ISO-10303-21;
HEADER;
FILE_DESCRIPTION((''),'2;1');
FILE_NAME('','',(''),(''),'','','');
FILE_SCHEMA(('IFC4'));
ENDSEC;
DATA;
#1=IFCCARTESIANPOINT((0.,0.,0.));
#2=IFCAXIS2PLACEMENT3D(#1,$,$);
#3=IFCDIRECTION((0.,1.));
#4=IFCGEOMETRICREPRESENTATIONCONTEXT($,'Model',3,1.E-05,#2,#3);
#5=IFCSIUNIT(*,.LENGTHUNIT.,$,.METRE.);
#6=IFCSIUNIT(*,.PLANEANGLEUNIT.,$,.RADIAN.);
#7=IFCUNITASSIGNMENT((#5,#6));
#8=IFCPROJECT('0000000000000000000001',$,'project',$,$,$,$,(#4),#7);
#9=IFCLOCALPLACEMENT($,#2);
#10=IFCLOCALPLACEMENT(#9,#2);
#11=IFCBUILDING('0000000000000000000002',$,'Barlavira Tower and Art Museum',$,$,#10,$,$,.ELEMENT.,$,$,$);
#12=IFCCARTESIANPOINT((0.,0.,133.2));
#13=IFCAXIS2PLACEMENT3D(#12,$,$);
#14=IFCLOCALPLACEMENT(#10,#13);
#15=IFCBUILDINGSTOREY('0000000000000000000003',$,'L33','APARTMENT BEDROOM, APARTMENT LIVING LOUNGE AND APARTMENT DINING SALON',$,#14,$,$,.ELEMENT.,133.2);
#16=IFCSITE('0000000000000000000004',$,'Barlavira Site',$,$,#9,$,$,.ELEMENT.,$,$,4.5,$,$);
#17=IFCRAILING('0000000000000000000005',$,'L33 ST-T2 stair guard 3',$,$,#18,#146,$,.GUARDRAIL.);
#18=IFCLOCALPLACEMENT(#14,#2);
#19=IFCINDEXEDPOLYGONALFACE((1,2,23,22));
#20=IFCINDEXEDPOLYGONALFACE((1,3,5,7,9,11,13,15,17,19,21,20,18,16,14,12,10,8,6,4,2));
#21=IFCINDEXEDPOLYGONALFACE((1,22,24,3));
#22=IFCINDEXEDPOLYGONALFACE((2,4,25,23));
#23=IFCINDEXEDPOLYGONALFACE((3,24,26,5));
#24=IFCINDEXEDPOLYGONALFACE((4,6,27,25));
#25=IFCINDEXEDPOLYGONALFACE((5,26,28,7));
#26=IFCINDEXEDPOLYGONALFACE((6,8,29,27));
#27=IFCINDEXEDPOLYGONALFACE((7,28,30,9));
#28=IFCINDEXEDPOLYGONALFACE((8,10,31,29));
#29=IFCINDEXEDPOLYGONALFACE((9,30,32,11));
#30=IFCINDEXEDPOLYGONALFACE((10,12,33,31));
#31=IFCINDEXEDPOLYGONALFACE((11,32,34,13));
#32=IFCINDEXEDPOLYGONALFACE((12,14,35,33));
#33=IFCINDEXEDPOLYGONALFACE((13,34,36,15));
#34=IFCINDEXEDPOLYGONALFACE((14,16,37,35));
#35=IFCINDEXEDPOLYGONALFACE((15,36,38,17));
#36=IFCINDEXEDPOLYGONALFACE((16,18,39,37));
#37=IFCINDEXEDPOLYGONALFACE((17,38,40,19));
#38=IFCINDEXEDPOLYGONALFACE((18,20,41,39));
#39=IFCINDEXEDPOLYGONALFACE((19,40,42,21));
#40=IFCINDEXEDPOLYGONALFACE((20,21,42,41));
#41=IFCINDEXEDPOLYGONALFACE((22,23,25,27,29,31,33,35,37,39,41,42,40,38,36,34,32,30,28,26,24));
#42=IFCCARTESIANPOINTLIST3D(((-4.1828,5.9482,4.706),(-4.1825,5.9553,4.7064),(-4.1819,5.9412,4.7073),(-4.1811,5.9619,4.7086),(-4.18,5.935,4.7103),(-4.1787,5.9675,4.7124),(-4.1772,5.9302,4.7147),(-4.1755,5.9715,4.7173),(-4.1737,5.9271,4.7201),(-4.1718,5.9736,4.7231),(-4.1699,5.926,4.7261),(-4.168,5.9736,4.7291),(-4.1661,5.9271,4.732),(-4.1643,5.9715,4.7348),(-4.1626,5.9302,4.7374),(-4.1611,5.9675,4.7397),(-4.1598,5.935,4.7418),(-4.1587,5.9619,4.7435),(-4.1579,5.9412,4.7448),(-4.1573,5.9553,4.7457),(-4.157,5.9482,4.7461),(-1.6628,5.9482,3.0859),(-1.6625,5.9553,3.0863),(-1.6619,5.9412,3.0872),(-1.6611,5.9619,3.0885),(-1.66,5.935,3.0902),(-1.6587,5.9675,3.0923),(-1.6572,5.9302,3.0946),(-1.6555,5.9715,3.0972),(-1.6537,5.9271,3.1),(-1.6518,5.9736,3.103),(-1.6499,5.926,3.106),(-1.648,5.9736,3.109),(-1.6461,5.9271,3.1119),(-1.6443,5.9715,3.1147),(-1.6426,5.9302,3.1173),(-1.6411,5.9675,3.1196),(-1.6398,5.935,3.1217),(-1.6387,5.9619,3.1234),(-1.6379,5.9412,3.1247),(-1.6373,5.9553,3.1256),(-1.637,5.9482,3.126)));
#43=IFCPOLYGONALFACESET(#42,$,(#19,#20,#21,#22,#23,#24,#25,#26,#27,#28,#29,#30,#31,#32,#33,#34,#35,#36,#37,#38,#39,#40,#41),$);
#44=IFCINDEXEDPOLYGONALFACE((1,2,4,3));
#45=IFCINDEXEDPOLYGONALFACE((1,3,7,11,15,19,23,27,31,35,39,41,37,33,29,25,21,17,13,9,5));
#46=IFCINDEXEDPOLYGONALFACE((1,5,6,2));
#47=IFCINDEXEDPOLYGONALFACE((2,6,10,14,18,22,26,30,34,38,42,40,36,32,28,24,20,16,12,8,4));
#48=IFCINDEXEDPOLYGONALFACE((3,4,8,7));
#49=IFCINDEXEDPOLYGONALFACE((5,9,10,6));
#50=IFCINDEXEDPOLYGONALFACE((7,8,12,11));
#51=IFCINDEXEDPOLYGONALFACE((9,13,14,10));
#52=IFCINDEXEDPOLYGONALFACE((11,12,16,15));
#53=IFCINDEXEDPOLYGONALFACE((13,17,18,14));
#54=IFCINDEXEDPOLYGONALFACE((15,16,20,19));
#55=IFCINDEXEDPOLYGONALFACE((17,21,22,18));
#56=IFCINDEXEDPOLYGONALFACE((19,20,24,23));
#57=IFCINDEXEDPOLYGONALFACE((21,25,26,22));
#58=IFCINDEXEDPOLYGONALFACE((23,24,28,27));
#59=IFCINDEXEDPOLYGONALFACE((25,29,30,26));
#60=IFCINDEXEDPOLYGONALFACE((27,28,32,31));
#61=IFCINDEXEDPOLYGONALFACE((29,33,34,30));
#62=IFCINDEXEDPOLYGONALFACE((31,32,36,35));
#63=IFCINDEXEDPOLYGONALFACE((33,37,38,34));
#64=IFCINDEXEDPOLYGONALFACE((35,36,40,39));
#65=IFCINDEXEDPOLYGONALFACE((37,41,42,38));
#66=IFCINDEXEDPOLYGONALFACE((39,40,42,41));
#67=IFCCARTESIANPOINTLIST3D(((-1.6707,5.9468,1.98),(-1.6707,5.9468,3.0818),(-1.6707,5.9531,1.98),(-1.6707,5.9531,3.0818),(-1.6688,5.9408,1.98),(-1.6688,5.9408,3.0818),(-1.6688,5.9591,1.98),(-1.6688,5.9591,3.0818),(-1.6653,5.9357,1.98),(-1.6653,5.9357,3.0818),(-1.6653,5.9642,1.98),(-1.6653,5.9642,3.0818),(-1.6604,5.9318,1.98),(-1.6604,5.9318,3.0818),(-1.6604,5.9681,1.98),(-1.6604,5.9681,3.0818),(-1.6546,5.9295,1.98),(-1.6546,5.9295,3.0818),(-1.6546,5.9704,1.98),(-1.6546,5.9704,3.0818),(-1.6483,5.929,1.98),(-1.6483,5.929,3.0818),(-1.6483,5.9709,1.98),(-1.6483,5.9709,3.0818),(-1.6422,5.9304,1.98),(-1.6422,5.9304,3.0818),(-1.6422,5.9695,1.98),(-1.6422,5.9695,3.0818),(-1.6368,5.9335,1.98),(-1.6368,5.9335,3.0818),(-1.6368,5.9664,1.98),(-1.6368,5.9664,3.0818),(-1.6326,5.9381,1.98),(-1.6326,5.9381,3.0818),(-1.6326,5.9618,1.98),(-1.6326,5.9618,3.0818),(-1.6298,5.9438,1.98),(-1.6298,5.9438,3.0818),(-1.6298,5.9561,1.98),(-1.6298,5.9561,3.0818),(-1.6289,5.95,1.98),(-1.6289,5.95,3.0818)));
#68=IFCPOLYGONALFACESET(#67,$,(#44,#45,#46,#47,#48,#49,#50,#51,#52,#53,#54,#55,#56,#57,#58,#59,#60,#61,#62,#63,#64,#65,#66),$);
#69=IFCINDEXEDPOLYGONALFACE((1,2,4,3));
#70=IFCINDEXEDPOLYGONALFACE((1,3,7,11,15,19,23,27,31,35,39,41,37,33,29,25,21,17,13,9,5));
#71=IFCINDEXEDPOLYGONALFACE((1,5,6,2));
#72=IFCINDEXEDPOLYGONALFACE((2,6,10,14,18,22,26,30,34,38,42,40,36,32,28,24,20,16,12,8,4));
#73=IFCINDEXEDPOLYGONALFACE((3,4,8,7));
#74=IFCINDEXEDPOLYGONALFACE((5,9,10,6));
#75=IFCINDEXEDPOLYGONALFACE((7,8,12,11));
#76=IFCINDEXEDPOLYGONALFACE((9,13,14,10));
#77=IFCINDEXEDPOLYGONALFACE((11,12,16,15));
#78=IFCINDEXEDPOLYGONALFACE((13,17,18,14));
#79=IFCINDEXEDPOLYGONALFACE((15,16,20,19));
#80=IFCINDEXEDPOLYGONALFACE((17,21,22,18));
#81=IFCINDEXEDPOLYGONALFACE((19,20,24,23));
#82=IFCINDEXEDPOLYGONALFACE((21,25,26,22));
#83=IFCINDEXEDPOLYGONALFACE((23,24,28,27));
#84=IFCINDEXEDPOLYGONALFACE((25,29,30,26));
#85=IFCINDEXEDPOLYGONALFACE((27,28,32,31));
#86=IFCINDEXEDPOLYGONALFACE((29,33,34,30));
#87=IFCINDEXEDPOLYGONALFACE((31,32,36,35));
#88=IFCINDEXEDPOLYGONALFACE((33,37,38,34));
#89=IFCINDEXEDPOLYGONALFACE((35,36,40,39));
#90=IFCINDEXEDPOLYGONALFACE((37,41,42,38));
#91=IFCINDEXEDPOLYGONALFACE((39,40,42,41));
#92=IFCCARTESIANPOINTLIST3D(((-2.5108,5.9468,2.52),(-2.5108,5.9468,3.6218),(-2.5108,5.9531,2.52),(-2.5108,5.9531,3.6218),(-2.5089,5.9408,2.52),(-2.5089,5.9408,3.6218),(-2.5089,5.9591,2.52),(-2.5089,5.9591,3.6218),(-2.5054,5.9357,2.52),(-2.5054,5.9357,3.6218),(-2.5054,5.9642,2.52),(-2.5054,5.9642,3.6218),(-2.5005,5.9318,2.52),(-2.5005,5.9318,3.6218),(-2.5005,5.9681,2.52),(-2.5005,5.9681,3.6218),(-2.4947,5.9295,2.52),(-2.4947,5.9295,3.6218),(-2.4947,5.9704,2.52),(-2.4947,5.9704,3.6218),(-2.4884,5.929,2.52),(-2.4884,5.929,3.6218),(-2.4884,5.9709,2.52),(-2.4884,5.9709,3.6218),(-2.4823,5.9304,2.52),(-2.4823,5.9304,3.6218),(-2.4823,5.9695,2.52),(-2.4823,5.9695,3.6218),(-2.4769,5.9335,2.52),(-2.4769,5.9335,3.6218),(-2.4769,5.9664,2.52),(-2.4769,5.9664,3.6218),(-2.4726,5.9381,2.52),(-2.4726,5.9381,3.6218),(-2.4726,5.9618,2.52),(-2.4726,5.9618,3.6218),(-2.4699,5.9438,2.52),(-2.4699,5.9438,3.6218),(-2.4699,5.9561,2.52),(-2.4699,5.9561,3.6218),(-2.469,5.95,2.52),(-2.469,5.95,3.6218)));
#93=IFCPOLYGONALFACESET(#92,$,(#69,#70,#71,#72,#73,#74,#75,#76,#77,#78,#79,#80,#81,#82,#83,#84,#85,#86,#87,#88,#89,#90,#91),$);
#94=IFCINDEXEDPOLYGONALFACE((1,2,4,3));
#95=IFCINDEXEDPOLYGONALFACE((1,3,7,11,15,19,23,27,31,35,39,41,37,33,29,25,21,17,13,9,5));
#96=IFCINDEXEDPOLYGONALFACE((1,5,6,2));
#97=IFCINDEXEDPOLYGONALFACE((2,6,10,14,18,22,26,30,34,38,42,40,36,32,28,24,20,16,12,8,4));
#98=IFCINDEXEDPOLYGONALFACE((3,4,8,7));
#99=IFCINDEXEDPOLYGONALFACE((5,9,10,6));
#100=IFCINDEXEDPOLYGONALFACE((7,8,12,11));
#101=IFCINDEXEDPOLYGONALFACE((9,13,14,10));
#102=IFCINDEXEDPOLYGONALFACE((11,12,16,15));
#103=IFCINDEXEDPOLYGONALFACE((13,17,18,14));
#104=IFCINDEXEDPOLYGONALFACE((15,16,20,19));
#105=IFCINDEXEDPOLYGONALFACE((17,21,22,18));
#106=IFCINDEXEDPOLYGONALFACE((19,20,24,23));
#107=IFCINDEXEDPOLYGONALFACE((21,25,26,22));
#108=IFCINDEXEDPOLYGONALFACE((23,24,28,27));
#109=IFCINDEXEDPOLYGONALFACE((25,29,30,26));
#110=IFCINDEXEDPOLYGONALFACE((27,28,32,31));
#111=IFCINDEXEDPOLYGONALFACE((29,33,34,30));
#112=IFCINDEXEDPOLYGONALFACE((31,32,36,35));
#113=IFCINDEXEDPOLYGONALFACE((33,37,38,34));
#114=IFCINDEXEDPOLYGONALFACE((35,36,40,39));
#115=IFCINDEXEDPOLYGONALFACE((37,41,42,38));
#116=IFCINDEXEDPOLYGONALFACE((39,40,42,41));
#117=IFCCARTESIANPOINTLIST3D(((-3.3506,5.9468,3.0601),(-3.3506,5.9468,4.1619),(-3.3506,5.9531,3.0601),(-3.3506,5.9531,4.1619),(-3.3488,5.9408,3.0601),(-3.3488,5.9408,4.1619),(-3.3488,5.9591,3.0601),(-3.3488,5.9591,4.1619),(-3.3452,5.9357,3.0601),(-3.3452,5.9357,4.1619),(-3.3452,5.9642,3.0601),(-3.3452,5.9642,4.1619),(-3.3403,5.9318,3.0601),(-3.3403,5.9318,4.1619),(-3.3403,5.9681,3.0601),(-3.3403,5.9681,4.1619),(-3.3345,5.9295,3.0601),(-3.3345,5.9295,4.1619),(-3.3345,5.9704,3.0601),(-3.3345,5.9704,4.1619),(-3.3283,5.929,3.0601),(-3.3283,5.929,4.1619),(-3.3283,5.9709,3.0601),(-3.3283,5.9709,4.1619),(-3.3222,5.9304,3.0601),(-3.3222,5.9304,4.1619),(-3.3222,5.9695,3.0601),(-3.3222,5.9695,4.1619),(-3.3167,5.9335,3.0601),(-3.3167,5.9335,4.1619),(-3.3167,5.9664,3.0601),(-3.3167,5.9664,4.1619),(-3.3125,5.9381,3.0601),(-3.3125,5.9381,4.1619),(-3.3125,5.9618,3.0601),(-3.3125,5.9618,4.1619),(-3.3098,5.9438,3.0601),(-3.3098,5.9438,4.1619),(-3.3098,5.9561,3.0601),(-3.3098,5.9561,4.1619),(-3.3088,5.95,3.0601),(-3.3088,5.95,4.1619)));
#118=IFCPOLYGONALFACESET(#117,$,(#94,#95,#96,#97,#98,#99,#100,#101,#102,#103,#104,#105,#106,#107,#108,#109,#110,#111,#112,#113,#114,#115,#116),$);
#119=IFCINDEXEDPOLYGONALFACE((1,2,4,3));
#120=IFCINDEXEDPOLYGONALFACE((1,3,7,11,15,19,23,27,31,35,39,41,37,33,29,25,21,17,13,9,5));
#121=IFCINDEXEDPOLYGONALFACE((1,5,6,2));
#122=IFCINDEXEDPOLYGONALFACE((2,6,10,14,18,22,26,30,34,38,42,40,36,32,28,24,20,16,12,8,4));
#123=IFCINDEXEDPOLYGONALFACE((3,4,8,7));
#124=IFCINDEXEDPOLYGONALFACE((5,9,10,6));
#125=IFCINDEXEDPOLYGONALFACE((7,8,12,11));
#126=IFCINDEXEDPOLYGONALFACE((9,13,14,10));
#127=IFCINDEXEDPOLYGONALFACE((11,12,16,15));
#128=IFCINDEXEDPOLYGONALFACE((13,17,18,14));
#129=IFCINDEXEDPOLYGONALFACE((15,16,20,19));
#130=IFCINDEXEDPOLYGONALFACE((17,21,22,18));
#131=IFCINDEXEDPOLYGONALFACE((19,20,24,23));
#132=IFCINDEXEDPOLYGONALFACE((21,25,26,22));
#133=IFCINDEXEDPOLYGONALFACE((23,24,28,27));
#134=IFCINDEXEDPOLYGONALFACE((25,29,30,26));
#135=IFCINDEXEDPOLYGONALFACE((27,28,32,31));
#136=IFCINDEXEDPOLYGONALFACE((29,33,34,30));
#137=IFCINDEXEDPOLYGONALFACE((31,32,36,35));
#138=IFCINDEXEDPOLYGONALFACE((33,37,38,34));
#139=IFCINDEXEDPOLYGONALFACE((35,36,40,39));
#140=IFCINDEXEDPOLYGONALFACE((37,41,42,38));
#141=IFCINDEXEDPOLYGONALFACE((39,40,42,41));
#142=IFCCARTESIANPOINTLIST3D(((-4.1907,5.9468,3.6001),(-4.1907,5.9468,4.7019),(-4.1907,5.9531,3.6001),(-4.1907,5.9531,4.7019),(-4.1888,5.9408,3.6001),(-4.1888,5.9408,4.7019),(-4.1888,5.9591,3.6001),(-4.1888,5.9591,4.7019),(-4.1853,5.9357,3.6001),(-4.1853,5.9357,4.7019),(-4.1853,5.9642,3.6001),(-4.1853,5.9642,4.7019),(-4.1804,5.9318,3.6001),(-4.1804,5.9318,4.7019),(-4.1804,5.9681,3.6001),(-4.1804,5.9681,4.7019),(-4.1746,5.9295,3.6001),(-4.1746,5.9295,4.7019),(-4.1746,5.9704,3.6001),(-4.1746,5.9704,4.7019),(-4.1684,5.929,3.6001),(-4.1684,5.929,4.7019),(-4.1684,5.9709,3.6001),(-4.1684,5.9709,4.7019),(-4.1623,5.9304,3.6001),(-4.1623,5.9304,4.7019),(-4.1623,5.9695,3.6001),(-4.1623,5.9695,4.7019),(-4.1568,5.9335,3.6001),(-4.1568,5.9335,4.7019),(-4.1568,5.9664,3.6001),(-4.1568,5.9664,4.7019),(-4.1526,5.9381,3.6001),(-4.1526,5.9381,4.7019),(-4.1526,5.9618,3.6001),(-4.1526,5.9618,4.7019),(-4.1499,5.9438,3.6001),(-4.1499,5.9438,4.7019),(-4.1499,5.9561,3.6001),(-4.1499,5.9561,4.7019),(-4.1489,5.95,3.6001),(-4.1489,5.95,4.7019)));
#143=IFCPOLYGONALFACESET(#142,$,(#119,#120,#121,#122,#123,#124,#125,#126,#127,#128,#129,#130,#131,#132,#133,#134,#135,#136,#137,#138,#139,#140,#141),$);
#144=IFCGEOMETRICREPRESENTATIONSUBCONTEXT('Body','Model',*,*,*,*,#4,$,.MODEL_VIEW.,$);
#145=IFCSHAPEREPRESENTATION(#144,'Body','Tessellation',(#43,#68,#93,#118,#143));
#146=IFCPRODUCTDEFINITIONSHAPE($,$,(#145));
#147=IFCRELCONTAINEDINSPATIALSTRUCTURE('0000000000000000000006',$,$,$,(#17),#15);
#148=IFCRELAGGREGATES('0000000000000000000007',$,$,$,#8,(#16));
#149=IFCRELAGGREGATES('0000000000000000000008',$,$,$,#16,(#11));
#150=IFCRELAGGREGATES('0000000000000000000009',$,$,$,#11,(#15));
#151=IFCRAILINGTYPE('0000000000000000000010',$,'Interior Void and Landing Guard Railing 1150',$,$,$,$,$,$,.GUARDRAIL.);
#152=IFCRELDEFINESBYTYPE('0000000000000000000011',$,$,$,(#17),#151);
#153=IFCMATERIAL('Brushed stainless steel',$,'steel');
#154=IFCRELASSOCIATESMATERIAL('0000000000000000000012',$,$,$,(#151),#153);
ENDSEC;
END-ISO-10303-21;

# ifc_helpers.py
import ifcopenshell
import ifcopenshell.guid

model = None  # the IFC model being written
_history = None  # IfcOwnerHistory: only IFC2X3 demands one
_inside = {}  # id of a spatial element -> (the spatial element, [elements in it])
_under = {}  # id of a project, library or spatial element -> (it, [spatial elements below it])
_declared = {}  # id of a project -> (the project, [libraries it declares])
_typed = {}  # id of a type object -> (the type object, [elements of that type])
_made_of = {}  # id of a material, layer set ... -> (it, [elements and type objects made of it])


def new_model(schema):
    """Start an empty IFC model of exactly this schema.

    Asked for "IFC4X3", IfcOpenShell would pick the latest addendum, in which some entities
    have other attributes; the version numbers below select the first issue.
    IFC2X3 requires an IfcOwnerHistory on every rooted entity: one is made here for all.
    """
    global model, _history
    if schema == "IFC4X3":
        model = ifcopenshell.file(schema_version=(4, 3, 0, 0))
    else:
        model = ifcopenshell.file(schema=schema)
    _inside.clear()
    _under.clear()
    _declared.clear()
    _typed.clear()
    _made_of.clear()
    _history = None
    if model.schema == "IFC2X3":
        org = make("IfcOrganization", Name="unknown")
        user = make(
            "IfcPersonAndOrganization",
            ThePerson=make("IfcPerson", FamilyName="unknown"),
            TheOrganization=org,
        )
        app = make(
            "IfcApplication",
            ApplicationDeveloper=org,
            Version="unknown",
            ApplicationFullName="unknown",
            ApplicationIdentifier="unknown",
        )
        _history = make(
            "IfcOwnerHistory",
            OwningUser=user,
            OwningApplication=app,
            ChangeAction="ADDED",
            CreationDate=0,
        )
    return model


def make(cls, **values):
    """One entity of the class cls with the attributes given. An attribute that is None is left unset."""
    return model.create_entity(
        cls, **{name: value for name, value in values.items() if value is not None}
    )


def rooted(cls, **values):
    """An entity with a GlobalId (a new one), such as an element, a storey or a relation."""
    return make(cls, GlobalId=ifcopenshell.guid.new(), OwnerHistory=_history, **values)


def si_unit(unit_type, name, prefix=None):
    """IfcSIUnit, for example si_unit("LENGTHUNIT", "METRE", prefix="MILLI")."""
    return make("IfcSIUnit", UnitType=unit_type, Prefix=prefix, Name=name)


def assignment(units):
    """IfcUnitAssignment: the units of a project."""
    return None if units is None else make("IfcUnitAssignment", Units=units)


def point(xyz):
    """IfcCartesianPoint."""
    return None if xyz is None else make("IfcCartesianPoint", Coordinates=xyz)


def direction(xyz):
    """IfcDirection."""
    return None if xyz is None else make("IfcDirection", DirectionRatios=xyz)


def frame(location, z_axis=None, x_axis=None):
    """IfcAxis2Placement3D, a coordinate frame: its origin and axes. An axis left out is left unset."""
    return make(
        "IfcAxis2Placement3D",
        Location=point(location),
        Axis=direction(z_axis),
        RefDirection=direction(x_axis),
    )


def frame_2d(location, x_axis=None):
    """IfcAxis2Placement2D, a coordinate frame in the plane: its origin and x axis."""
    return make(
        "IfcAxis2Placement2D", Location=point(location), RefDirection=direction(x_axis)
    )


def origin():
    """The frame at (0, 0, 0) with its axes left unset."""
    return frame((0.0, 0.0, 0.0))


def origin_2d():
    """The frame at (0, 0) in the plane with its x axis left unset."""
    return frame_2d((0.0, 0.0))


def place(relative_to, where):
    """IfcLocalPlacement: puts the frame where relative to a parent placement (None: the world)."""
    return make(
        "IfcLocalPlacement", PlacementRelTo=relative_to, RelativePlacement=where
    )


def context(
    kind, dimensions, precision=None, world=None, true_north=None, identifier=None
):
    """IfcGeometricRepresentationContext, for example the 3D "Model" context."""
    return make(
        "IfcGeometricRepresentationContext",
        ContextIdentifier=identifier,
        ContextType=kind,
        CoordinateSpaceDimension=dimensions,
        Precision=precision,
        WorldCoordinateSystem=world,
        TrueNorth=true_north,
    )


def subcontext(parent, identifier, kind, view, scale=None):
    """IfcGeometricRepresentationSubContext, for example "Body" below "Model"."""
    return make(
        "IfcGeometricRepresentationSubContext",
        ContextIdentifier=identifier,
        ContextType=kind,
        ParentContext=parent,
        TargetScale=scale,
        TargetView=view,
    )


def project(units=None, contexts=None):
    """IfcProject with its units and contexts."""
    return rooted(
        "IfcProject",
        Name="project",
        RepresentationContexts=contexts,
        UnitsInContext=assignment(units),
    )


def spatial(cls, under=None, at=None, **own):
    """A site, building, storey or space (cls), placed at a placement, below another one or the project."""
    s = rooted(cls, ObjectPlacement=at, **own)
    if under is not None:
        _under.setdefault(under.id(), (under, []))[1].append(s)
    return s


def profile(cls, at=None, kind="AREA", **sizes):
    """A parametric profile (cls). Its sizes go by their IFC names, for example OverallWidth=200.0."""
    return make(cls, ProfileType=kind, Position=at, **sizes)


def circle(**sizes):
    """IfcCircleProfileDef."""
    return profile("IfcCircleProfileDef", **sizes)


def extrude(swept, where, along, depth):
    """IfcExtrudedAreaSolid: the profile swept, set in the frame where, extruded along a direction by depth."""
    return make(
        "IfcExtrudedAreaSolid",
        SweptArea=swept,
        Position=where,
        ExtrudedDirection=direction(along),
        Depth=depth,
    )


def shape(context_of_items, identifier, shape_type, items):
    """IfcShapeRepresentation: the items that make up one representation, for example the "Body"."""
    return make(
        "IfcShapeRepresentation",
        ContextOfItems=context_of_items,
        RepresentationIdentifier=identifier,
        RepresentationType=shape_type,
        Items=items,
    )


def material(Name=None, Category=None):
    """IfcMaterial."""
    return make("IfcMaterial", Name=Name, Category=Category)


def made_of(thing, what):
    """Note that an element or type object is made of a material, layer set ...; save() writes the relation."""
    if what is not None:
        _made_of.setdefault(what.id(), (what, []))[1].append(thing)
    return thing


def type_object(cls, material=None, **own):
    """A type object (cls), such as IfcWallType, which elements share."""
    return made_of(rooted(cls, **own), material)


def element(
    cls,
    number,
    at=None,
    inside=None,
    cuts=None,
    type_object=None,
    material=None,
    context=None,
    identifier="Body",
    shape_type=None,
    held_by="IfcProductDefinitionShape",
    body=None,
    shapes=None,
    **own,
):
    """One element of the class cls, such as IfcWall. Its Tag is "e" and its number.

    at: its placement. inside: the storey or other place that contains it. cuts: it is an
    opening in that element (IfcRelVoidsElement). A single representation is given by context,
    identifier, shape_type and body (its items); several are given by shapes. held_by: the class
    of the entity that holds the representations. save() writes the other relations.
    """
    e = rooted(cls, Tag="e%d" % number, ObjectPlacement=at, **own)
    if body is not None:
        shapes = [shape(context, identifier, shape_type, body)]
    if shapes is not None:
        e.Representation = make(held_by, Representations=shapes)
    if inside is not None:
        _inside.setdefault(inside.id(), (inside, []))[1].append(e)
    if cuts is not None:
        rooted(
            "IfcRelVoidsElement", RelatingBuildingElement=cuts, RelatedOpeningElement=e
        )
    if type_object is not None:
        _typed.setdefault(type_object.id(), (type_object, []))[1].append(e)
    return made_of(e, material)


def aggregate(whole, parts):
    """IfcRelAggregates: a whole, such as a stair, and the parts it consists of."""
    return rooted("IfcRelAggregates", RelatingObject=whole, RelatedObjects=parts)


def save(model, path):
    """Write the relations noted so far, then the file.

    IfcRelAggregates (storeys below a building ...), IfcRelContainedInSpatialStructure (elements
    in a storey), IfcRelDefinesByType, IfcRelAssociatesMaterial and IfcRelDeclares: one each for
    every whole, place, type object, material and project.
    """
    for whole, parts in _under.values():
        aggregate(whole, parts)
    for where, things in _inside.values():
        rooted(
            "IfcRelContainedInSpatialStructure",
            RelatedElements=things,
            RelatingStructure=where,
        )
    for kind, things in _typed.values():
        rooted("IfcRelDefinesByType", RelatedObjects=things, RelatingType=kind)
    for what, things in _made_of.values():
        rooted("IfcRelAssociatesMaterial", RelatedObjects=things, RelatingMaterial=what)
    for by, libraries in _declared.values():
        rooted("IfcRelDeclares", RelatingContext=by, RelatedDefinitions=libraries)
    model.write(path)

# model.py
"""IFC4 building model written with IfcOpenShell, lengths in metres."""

from ifc_helpers import new_model, si_unit, direction, frame, origin, origin_2d, place, context, subcontext, project, spatial, circle, extrude, material, type_object, element, save


model = new_model("IFC4")

# Units and contexts
model_context = context("Model", 3, precision=1e-05, world=origin(), true_north=direction((0.0, 1.0)))
body_context = subcontext(model_context, "Body", "Model", "MODEL_VIEW")
ifc_project = project(units=[si_unit("LENGTHUNIT", "METRE"), si_unit("PLANEANGLEUNIT", "RADIAN")], contexts=[model_context])

# Site, building, storey
site_placement = place(None, origin())
site = spatial("IfcSite", under=ifc_project, at=site_placement, Name="Barlavira Site", CompositionType="ELEMENT", RefElevation=4.5)
building_placement = place(site_placement, origin())
building = spatial("IfcBuilding", under=site, at=building_placement, Name="Barlavira Tower and Art Museum", CompositionType="ELEMENT")
storey_placement = place(building_placement, frame((0.0, 0.0, 133.2)))
storey = spatial("IfcBuildingStorey", under=building, at=storey_placement, Name="L33", Description="APARTMENT BEDROOM, APARTMENT LIVING LOUNGE AND APARTMENT DINING SALON", CompositionType="ELEMENT", Elevation=133.2)

# Shared definitions
ifc_material_1 = material(Name="Brushed stainless steel", Category="steel")

# Railing
railing_type_1 = type_object("IfcRailingType", Name="Interior Void and Landing Guard Railing 1150", PredefinedType="GUARDRAIL", material=ifc_material_1)
railing_1_placement = place(storey_placement, frame((-1.6499, 5.95, 1.98)))
element("IfcRailing", 1, at=railing_1_placement, inside=storey, type_object=railing_type_1, Name="L33 ST-T2 stair guard 3", PredefinedType="GUARDRAIL", context=body_context, shape_type="SweptSolid", body=[
    extrude(circle(Radius=0.0239, at=origin_2d()), frame((0.0, 0.0, 1.126), z_axis=(-0.841163, 0.0, 0.540782), x_axis=(0.0, -1.0, 0.0)), (0.0, 0.0, 1.0), 2.9958),
    extrude(circle(Radius=0.021, at=origin_2d()), origin(), (0.0, 0.0, 1.0), 1.1018),
    extrude(circle(Radius=0.021, at=origin_2d()), frame((-0.8401, 0.0, 0.54)), (0.0, 0.0, 1.0), 1.1018),
    extrude(circle(Radius=0.021, at=origin_2d()), frame((-1.6799, 0.0, 1.0801)), (0.0, 0.0, 1.0), 1.1018),
    extrude(circle(Radius=0.021, at=origin_2d()), frame((-2.52, 0.0, 1.6201)), (0.0, 0.0, 1.0), 1.1018),
])

save(model, "model.ifc")
